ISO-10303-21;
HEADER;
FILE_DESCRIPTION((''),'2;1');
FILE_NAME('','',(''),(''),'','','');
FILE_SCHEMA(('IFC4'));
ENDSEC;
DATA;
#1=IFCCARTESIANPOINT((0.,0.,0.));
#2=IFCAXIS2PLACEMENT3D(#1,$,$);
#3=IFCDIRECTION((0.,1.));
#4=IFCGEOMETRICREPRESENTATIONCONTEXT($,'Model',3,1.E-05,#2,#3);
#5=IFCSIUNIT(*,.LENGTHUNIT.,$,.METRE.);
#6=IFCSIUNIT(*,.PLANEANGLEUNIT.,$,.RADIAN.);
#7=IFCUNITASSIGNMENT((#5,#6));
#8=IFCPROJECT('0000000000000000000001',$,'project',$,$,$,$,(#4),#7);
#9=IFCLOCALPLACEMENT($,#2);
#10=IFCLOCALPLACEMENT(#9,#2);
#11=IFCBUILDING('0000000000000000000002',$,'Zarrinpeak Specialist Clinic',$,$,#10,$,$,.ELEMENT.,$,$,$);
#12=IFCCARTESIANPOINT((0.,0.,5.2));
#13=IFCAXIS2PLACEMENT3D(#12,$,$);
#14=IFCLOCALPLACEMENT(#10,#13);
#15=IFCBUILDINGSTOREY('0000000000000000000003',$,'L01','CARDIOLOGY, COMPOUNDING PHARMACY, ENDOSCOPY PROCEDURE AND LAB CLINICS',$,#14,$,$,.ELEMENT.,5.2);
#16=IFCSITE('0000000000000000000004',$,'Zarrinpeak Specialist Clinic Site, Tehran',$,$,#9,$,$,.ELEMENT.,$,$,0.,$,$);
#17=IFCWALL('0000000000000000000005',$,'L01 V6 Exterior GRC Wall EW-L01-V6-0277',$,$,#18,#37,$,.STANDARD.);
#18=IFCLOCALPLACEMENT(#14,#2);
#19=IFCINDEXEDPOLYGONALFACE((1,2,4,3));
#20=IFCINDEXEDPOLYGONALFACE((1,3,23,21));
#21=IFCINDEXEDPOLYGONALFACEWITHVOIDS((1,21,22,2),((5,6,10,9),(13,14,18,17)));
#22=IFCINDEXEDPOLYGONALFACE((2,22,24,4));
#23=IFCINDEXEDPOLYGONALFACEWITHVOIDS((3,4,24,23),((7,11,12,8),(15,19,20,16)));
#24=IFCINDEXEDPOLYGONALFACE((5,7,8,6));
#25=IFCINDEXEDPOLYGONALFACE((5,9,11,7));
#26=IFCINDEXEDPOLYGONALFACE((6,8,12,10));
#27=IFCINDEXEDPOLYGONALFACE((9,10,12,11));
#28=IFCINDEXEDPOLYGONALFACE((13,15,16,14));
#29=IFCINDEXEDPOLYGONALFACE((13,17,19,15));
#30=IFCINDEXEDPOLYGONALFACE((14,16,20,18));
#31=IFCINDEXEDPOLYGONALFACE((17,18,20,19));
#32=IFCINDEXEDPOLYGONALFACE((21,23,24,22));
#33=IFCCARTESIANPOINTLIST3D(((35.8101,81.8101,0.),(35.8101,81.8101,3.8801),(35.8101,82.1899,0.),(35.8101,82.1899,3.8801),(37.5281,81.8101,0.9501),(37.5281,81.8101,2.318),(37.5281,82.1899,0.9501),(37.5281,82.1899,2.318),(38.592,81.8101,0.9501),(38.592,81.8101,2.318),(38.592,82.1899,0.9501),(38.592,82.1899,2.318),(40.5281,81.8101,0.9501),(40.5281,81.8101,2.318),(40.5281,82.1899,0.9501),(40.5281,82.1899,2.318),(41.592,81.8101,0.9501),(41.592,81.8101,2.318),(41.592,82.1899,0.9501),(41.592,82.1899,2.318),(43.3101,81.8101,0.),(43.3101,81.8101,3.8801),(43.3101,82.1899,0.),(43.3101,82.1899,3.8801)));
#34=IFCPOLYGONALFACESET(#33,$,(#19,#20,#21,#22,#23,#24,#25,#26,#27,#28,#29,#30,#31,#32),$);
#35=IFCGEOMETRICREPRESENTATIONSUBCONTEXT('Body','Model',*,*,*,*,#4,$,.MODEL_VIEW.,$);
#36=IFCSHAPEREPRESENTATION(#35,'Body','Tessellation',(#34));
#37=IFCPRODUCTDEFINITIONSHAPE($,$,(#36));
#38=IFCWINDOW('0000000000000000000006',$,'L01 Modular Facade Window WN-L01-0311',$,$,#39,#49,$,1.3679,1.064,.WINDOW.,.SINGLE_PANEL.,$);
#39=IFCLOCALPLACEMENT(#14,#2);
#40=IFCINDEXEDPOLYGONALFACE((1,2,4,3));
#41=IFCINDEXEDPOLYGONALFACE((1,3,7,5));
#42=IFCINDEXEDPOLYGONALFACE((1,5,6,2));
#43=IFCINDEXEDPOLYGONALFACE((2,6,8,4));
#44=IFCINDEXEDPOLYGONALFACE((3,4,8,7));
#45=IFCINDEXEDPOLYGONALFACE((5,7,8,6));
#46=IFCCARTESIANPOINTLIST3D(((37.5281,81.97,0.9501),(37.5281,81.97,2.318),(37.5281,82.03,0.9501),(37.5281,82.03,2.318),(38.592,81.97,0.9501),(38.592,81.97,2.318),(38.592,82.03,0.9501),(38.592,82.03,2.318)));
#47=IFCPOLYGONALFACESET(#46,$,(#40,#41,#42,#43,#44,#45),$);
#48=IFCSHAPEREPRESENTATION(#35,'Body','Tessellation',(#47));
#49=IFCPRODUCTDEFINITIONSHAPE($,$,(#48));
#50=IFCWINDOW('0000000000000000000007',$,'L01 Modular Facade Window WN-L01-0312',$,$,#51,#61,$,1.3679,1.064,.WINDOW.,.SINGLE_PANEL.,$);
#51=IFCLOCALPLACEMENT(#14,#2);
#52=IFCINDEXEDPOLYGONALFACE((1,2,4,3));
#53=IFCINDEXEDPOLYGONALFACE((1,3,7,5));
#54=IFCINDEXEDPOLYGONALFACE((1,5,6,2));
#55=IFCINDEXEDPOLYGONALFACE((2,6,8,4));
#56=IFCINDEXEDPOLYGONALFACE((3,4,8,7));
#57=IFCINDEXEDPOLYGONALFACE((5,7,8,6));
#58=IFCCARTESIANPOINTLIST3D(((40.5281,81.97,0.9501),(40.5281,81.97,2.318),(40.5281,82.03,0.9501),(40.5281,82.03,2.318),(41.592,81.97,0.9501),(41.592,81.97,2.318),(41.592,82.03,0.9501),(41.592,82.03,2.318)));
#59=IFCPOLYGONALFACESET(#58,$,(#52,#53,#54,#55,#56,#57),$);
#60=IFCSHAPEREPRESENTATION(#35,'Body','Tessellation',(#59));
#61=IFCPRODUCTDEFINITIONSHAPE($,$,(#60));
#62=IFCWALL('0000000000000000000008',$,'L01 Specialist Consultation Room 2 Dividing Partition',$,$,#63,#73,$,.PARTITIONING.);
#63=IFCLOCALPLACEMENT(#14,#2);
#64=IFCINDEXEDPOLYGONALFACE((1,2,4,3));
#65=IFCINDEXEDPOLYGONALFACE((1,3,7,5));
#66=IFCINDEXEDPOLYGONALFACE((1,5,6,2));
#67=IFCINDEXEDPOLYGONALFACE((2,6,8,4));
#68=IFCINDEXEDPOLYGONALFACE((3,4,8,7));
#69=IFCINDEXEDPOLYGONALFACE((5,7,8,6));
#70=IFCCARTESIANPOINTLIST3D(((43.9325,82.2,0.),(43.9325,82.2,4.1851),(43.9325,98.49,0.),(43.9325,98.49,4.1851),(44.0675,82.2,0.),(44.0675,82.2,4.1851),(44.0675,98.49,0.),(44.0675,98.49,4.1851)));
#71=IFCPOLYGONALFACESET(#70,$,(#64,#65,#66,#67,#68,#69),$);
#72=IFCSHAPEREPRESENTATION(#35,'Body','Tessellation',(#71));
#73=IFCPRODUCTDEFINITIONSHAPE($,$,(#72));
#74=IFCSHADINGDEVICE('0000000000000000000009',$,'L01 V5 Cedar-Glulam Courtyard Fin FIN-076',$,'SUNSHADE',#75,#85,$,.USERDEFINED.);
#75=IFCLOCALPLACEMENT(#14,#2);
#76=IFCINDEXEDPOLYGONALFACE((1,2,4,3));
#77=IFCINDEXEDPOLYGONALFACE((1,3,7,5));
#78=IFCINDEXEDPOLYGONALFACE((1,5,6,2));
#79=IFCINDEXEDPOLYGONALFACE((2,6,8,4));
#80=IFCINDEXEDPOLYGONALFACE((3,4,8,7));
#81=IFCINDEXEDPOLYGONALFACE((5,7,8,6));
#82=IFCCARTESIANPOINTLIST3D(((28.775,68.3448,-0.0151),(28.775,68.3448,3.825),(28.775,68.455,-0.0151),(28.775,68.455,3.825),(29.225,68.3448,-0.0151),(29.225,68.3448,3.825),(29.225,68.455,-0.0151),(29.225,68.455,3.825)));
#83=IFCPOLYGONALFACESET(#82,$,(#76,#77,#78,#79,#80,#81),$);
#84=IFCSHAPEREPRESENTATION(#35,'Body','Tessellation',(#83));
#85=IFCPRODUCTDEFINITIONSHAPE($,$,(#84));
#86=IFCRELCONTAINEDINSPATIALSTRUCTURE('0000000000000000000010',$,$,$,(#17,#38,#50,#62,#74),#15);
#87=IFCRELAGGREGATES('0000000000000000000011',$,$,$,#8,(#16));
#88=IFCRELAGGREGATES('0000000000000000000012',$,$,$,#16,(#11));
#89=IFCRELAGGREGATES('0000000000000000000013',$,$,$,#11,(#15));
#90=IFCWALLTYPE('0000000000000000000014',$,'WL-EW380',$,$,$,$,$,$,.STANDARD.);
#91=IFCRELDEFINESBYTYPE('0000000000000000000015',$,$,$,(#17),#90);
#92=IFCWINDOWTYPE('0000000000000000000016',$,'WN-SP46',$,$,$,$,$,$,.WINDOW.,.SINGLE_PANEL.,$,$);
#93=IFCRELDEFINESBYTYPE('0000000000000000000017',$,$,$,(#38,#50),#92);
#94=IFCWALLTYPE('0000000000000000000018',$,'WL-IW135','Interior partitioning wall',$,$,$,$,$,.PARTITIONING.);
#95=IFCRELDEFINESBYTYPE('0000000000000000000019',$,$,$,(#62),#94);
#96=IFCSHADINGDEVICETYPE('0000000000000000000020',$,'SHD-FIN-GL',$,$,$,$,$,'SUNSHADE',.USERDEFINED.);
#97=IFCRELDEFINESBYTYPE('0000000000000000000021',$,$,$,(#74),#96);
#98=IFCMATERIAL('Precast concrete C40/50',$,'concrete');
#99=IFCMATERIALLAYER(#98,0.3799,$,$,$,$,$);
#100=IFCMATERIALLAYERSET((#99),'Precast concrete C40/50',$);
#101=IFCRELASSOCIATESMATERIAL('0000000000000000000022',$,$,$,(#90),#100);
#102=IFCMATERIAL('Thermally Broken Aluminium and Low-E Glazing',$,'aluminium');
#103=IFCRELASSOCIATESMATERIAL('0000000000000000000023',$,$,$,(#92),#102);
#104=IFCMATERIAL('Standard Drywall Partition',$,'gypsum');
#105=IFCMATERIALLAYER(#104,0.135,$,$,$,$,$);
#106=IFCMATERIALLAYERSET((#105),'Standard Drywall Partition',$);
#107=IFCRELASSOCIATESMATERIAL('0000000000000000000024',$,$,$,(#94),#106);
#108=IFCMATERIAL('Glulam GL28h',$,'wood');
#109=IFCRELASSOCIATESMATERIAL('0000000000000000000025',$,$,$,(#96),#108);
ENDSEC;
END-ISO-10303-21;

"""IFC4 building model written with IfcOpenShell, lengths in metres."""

from ifc_helpers import new_model, si_unit, direction, frame, frame_2d, origin, origin_2d, place, context, subcontext, project, spatial, rectangle, extrude, material, layer, layer_set, type_object, element, fill, save


model = new_model("IFC4")

# Units and contexts
model_context = context("Model", 3, precision=1e-05, world=origin(), true_north=direction((0.0, 1.0)))
body_context = subcontext(model_context, "Body", "Model", "MODEL_VIEW")
ifc_project = project(units=[si_unit("LENGTHUNIT", "METRE"), si_unit("PLANEANGLEUNIT", "RADIAN")], contexts=[model_context])

# Site, building, storey
site_placement = place(None, origin())
site = spatial("IfcSite", under=ifc_project, at=site_placement, Name="Zarrinpeak Specialist Clinic Site, Tehran", CompositionType="ELEMENT", RefElevation=0.0)
building_placement = place(site_placement, origin())
building = spatial("IfcBuilding", under=site, at=building_placement, Name="Zarrinpeak Specialist Clinic", CompositionType="ELEMENT")
storey_placement = place(building_placement, frame((0.0, 0.0, 5.2)))
storey = spatial("IfcBuildingStorey", under=building, at=storey_placement, Name="L01", Description="CARDIOLOGY, COMPOUNDING PHARMACY, ENDOSCOPY PROCEDURE AND LAB CLINICS", CompositionType="ELEMENT", Elevation=5.2)

# Wall, openings, windows
ifc_material_1 = material(Name="Precast concrete C40/50", Category="concrete")
ifc_layer_1 = layer(ifc_material_1, 0.3799)
ifc_layer_set_1 = layer_set([ifc_layer_1], Name="Precast concrete C40/50")
wall_type_1 = type_object("IfcWallType", Name="WL-EW380", PredefinedType="STANDARD", material=ifc_layer_set_1)
ifc_material_2 = material(Name="Thermally Broken Aluminium and Low-E Glazing", Category="aluminium")
wall_1_placement = place(storey_placement, frame((35.8101, 82.0, 0.0), z_axis=(0.0, 0.0, 1.0), x_axis=(1.0, 0.0, 0.0)))
wall_1 = element("IfcWall", 1, at=wall_1_placement, inside=storey, type_object=wall_type_1, Name="L01 V6 Exterior GRC Wall EW-L01-V6-0277", PredefinedType="STANDARD", context=body_context, shape_type="SweptSolid", body=[
    extrude(rectangle(XDim=7.5, YDim=0.3799, at=frame_2d((3.75, 0.0))), origin(), (0.0, 0.0, 1.0), 3.8801),
])
opening_1_placement = place(wall_1_placement, frame((1.718, 0.0, 0.95)))
opening_1 = element("IfcOpeningElement", 2, at=opening_1_placement, cuts=wall_1, PredefinedType="OPENING", context=body_context, shape_type="SweptSolid", body=[
    extrude(rectangle(XDim=1.064, YDim=1.3679, at=frame_2d((0.532, 0.6841))), frame((0.0, 0.2, 0.0), z_axis=(0.0, -1.0, 0.0), x_axis=(1.0, 0.0, 0.0)), (0.0, 0.0, 1.0), 0.3999),
])
opening_2_placement = place(wall_1_placement, frame((4.718, 0.0, 0.95)))
opening_2 = element("IfcOpeningElement", 3, at=opening_2_placement, cuts=wall_1, PredefinedType="OPENING", context=body_context, shape_type="SweptSolid", body=[
    extrude(rectangle(XDim=1.064, YDim=1.3679, at=frame_2d((0.532, 0.6841))), frame((0.0, 0.2, 0.0), z_axis=(0.0, -1.0, 0.0), x_axis=(1.0, 0.0, 0.0)), (0.0, 0.0, 1.0), 0.3999),
])
window_type_1 = type_object("IfcWindowType", Name="WN-SP46", PartitioningType="SINGLE_PANEL", PredefinedType="WINDOW", material=ifc_material_2)
window_1_placement = place(opening_1_placement, origin())
window_1 = element("IfcWindow", 4, at=window_1_placement, inside=storey, type_object=window_type_1, Name="L01 Modular Facade Window WN-L01-0311", OverallHeight=1.3679, OverallWidth=1.064, PartitioningType="SINGLE_PANEL", PredefinedType="WINDOW", context=body_context, shape_type="SweptSolid", body=[
    extrude(rectangle(XDim=1.064, YDim=1.3679, at=frame_2d((0.532, 0.6841))), frame((0.0, 0.03, 0.0), z_axis=(0.0, -1.0, 0.0), x_axis=(1.0, 0.0, 0.0)), (0.0, 0.0, 1.0), 0.0601),
])
fill(opening_1, window_1)
window_2_placement = place(opening_2_placement, origin())
window_2 = element("IfcWindow", 5, at=window_2_placement, inside=storey, type_object=window_type_1, Name="L01 Modular Facade Window WN-L01-0312", OverallHeight=1.3679, OverallWidth=1.064, PartitioningType="SINGLE_PANEL", PredefinedType="WINDOW", context=body_context, shape_type="SweptSolid", body=[
    extrude(rectangle(XDim=1.064, YDim=1.3679, at=frame_2d((0.532, 0.6841))), frame((0.0, 0.03, 0.0), z_axis=(0.0, -1.0, 0.0), x_axis=(1.0, 0.0, 0.0)), (0.0, 0.0, 1.0), 0.0601),
])
fill(opening_2, window_2)

# Wall
ifc_material_3 = material(Name="Standard Drywall Partition", Category="gypsum")
ifc_layer_2 = layer(ifc_material_3, 0.135)
ifc_layer_set_2 = layer_set([ifc_layer_2], Name="Standard Drywall Partition")
wall_type_2 = type_object("IfcWallType", Name="WL-IW135", Description="Interior partitioning wall", PredefinedType="PARTITIONING", material=ifc_layer_set_2)
wall_2_placement = place(storey_placement, frame((44.0, 82.2, 0.0), z_axis=(0.0, 0.0, 1.0), x_axis=(0.0, 1.0, 0.0)))
element("IfcWall", 6, at=wall_2_placement, inside=storey, type_object=wall_type_2, Name="L01 Specialist Consultation Room 2 Dividing Partition", PredefinedType="PARTITIONING", context=body_context, shape_type="SweptSolid", body=[
    extrude(rectangle(XDim=16.29, YDim=0.135, at=frame_2d((8.145, 0.0))), origin(), (0.0, 0.0, 1.0), 4.1851),
])

# Shading device
ifc_material_4 = material(Name="Glulam GL28h", Category="wood")
shading_device_type = type_object("IfcShadingDeviceType", Name="SHD-FIN-GL", ElementType="SUNSHADE", PredefinedType="USERDEFINED", material=ifc_material_4)
shading_device_placement = place(storey_placement, frame((29.0, 68.3999, -0.0151), z_axis=(0.0, 0.0, 1.0), x_axis=(1.0, 0.0, 0.0)))
element("IfcShadingDevice", 7, at=shading_device_placement, inside=storey, type_object=shading_device_type, Name="L01 V5 Cedar-Glulam Courtyard Fin FIN-076", ObjectType="SUNSHADE", PredefinedType="USERDEFINED", context=body_context, shape_type="SweptSolid", body=[
    extrude(rectangle(XDim=0.45, YDim=0.1101, at=origin_2d()), origin(), (0.0, 0.0, 1.0), 3.8401),
])

save(model, "model.ifc")
